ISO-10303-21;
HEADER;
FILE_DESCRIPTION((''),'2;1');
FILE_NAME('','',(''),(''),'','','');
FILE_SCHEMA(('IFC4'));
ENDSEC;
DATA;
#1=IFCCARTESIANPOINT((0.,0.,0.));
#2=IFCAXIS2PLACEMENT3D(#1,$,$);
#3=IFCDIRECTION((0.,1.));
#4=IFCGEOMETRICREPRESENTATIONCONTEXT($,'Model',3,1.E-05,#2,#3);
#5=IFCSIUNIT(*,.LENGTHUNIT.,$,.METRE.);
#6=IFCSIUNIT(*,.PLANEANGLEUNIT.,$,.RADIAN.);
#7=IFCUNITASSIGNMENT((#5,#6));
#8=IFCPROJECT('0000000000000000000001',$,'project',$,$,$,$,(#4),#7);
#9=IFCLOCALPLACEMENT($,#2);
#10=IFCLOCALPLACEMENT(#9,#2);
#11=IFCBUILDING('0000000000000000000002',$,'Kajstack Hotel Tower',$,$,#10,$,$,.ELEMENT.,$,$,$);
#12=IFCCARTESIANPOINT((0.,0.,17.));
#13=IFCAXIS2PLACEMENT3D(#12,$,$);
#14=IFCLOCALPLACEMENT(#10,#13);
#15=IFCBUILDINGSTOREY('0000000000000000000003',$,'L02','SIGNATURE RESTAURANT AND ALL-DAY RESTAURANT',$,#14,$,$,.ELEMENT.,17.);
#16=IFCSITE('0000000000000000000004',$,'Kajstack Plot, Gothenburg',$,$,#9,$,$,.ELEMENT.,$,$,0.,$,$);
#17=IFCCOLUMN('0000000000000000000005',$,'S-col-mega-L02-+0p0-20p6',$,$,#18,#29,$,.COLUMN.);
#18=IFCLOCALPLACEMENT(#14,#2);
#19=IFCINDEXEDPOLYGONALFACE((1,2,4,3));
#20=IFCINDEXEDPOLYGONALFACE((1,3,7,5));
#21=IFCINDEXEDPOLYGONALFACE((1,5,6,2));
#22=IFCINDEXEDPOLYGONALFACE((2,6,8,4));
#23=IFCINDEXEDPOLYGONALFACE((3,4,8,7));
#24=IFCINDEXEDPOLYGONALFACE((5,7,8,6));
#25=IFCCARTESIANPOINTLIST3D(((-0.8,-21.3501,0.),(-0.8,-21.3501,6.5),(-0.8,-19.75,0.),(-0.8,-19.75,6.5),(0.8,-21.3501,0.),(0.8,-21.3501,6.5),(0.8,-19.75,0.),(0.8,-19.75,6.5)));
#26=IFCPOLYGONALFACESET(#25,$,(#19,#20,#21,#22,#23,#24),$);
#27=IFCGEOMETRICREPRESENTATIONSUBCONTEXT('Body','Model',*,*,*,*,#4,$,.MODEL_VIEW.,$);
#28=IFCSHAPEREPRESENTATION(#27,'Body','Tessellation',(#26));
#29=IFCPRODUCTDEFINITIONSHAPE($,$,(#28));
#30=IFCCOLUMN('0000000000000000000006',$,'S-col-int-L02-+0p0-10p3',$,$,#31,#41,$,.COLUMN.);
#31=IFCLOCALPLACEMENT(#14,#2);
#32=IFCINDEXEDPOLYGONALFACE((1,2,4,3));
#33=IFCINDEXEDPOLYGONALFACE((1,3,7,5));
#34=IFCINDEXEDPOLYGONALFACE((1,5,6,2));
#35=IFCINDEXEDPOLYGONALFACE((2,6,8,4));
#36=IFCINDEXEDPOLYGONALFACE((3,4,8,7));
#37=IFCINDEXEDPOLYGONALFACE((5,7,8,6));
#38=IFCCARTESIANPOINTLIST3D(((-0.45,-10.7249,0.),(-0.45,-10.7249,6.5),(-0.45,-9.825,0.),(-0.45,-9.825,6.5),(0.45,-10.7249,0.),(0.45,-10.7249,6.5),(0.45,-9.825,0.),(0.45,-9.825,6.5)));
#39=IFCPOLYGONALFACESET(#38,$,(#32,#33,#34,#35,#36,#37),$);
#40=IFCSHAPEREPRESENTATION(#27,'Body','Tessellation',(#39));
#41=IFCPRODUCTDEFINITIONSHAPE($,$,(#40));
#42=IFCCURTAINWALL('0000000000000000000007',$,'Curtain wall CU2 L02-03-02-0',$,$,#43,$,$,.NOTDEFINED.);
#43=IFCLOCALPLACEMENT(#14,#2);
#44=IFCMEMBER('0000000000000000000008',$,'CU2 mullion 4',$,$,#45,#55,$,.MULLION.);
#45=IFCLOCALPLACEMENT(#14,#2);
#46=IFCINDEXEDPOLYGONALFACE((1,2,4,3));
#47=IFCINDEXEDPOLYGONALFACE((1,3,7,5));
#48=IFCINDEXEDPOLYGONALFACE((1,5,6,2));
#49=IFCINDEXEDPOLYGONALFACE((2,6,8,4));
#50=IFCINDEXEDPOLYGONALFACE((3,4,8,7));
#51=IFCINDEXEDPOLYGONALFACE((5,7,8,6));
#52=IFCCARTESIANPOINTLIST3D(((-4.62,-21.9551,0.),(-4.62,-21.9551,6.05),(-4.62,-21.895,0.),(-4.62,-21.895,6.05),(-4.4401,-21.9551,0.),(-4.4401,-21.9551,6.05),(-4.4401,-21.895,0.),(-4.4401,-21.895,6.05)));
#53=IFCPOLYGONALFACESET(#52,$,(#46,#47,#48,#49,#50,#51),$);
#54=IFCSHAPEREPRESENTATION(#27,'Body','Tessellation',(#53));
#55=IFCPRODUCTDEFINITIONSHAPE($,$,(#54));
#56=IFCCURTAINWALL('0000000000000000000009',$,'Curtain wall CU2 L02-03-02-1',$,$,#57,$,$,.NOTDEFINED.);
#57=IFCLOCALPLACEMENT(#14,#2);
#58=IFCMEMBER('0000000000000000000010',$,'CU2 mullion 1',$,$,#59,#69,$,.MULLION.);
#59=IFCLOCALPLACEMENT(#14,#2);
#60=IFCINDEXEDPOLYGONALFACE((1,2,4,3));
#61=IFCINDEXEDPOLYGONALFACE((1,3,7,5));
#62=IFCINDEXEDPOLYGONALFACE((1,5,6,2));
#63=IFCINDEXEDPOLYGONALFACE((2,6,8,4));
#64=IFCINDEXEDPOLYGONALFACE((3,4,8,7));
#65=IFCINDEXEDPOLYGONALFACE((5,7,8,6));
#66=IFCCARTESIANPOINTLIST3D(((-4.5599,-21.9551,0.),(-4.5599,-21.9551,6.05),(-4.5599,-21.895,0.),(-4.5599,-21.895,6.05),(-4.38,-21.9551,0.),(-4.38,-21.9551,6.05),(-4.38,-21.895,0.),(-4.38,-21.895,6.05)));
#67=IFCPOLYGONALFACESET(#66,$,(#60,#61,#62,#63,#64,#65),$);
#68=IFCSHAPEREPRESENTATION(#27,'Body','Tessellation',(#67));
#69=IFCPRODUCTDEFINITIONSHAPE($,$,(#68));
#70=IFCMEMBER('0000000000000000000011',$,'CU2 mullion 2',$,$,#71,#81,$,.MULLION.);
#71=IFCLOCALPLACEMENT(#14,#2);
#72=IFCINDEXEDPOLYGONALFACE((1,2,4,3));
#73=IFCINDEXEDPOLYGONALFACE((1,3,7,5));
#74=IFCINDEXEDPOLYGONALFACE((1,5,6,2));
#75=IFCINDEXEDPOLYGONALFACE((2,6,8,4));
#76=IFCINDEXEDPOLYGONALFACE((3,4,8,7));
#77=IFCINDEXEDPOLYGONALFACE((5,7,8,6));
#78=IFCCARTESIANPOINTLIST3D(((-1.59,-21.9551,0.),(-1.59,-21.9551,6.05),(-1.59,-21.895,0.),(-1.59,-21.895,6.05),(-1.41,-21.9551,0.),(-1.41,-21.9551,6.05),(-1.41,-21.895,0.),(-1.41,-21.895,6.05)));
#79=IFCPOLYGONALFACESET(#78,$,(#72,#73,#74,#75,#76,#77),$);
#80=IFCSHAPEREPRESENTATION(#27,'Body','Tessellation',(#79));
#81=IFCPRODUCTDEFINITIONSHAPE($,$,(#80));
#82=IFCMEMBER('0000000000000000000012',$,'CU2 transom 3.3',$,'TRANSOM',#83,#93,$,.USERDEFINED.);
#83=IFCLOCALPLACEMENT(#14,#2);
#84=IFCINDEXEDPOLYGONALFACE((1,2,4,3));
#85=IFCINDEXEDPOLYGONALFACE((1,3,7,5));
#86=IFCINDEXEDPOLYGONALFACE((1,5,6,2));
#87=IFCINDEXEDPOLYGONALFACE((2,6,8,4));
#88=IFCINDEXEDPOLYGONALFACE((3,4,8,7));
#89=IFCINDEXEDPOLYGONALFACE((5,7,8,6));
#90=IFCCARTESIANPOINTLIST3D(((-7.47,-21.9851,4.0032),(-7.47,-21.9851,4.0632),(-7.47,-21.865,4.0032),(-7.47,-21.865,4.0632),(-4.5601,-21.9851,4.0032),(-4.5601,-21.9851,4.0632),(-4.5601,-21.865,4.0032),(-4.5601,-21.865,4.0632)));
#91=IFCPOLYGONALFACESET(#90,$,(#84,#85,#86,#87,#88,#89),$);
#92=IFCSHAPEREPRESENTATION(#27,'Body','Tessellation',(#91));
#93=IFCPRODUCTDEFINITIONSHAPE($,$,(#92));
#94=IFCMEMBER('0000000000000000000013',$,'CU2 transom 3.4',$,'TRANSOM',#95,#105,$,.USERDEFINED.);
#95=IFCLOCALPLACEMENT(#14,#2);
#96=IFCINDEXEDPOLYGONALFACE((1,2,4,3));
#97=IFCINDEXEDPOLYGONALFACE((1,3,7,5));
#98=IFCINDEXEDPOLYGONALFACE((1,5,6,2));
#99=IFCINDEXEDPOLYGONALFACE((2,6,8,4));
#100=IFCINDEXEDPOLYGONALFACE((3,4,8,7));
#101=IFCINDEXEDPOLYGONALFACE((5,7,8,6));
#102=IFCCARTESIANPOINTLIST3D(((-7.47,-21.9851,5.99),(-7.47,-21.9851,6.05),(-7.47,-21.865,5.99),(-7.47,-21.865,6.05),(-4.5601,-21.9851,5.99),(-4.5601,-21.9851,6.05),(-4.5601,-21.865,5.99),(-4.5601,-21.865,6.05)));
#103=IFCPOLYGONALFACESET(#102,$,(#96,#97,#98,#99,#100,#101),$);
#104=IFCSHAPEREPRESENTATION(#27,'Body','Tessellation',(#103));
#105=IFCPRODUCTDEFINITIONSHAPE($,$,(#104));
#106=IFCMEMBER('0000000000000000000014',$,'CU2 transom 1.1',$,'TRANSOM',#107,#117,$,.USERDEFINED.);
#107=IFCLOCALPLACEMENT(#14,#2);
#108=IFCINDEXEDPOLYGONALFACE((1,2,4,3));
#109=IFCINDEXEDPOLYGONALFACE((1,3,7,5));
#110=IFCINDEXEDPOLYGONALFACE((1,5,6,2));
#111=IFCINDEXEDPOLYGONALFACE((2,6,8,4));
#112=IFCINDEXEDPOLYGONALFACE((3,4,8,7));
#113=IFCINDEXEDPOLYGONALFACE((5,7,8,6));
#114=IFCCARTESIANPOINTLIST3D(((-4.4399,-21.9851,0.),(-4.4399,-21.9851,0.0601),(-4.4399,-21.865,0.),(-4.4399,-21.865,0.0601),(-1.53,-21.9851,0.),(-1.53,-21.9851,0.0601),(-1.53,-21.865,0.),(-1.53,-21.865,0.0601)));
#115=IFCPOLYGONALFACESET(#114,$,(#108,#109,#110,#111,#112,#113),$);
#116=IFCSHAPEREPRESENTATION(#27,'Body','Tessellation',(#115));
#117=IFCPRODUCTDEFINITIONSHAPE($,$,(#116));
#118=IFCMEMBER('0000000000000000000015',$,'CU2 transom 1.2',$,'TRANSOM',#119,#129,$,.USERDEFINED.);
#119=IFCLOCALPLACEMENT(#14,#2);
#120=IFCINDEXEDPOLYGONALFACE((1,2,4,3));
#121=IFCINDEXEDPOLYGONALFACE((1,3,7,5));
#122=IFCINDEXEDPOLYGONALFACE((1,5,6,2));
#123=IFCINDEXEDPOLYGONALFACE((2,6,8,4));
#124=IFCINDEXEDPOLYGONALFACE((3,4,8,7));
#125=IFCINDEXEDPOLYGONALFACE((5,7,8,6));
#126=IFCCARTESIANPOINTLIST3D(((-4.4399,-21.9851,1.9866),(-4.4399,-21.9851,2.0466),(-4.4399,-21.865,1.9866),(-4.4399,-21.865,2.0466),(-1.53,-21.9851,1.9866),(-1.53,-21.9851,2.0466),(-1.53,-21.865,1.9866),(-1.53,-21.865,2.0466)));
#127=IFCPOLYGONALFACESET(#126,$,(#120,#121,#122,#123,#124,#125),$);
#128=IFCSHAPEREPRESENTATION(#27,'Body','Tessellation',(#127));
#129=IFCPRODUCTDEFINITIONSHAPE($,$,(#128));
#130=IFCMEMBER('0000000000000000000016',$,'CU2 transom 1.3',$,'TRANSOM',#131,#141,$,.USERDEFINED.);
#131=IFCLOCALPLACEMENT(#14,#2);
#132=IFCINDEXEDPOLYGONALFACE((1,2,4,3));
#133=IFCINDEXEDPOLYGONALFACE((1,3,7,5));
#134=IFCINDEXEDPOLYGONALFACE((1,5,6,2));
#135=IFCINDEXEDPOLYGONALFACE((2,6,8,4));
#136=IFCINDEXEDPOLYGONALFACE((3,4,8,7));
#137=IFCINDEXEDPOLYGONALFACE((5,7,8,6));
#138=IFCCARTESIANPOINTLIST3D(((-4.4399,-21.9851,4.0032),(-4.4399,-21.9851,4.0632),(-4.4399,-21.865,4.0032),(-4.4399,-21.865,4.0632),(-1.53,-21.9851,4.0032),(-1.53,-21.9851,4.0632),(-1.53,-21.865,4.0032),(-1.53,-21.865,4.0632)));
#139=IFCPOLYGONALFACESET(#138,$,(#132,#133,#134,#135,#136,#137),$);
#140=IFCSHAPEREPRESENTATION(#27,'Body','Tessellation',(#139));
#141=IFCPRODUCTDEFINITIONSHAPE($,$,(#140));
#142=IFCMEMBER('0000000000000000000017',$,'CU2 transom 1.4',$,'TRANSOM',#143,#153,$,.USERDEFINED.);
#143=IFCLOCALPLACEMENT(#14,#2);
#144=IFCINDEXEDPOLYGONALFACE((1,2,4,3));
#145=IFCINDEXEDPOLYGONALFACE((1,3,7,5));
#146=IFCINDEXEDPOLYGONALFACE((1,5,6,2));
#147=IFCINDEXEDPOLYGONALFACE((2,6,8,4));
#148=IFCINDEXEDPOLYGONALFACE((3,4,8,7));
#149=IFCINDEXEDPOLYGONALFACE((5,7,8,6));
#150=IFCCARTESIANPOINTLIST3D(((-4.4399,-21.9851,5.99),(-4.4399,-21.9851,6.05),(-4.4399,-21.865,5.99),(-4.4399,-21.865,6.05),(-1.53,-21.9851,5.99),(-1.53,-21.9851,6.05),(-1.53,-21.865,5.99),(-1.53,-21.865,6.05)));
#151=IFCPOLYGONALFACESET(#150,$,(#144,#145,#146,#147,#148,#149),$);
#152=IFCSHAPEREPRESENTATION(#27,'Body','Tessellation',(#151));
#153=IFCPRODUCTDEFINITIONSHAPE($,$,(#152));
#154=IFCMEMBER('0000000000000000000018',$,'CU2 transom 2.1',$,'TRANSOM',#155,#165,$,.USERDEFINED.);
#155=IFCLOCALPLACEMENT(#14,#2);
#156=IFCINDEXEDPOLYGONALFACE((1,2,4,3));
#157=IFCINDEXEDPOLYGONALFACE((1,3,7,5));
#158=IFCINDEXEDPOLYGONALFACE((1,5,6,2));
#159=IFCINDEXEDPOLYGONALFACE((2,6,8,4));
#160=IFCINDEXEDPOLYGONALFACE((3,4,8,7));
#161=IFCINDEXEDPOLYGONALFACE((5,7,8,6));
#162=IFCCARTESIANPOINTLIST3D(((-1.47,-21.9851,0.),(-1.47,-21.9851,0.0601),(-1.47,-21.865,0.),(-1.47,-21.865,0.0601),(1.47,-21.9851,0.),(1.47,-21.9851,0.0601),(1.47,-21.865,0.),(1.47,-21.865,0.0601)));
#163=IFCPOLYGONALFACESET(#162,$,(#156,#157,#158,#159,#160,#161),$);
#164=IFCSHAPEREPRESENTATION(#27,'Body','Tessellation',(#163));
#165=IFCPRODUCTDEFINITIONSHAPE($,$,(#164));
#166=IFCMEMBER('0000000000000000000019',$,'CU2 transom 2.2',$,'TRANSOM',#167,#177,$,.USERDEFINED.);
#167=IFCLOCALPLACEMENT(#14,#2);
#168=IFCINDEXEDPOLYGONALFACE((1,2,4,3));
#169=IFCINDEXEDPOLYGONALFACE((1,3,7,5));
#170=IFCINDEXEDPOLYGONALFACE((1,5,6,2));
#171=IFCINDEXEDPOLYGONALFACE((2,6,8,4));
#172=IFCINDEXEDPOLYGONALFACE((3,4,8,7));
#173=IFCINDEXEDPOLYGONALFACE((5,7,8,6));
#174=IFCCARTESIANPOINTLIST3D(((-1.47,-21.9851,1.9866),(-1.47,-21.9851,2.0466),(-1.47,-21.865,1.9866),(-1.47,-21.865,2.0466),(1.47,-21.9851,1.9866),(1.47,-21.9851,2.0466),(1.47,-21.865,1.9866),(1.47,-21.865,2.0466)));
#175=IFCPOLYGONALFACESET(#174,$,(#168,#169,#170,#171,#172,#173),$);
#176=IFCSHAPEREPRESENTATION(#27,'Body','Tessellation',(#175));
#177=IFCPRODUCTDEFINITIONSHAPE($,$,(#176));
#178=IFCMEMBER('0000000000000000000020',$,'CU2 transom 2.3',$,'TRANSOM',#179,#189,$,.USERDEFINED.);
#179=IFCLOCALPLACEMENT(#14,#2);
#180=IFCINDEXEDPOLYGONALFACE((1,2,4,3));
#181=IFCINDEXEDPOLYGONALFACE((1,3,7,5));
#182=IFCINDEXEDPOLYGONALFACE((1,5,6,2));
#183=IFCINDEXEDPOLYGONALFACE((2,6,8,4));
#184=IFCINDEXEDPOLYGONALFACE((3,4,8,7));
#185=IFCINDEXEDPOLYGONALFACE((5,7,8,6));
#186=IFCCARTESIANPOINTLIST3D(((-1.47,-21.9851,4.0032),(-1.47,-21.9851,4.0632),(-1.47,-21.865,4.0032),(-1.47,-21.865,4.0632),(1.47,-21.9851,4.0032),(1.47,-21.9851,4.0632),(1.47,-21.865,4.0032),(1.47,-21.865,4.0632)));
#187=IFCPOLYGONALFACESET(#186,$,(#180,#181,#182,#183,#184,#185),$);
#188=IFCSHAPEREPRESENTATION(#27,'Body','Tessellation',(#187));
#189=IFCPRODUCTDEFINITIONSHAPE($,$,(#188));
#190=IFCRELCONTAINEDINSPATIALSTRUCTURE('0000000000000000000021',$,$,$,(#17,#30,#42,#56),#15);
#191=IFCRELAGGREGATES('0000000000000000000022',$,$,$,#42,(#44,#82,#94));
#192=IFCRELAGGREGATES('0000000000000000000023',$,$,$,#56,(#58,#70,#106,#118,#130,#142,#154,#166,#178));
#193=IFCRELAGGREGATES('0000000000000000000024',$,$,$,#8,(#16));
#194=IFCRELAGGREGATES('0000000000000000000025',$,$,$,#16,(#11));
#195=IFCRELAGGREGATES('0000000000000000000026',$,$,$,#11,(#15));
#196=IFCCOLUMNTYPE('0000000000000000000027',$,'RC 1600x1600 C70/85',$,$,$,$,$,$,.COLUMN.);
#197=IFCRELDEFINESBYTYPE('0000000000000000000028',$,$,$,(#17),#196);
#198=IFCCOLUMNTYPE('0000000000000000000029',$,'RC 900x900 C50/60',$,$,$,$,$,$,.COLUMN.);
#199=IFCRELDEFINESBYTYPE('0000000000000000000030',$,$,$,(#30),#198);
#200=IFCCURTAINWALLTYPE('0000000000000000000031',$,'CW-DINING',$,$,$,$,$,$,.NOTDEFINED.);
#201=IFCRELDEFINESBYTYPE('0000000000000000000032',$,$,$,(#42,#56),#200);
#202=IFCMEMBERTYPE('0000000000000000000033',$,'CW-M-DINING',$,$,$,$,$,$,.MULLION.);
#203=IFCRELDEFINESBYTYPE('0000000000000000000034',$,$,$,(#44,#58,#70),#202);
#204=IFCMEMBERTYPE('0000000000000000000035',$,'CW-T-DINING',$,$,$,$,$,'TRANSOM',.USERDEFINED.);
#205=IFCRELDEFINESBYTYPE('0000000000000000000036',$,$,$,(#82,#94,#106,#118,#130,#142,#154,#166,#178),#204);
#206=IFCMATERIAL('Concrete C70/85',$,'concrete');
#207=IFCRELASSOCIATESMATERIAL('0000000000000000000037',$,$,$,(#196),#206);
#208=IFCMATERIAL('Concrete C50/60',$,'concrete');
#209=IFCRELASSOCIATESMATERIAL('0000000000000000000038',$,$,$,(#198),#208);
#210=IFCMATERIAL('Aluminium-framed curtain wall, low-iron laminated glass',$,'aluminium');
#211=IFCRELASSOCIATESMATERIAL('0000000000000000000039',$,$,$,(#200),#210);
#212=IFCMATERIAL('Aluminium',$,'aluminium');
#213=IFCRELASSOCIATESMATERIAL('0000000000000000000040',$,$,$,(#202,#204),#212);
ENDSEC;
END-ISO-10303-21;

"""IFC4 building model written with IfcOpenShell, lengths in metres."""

from ifc_helpers import new_model, si_unit, direction, frame, origin, origin_2d, place, context, subcontext, project, spatial, rectangle, extrude, material, material_profile, profile_set, type_object, element, aggregate, save


model = new_model("IFC4")

# Units and contexts
model_context = context("Model", 3, precision=1e-05, world=origin(), true_north=direction((0.0, 1.0)))
body_context = subcontext(model_context, "Body", "Model", "MODEL_VIEW")
ifc_project = project(units=[si_unit("LENGTHUNIT", "METRE"), si_unit("PLANEANGLEUNIT", "RADIAN")], contexts=[model_context])

# Site, building, storey
site_placement = place(None, origin())
site = spatial("IfcSite", under=ifc_project, at=site_placement, Name="Kajstack Plot, Gothenburg", CompositionType="ELEMENT", RefElevation=0.0)
building_placement = place(site_placement, origin())
building = spatial("IfcBuilding", under=site, at=building_placement, Name="Kajstack Hotel Tower", CompositionType="ELEMENT")
storey_placement = place(building_placement, frame((0.0, 0.0, 17.0)))
storey = spatial("IfcBuildingStorey", under=building, at=storey_placement, Name="L02", Description="SIGNATURE RESTAURANT AND ALL-DAY RESTAURANT", CompositionType="ELEMENT", Elevation=17.0)

# Columns
ifc_material_1 = material(Name="Concrete C70/85", Category="concrete")
ifc_material_profile_1 = material_profile(ifc_material_1, rectangle(XDim=1.6001, YDim=1.6001, at=origin_2d()), Name="RC 1600x1600")
ifc_profile_set_1 = profile_set([ifc_material_profile_1], Name="Concrete C70/85")
column_type_1 = type_object("IfcColumnType", Name="RC 1600x1600 C70/85", PredefinedType="COLUMN", material=ifc_profile_set_1)
column_1_placement = place(storey_placement, frame((0.0, -20.55, 0.0), z_axis=(0.0, 0.0, 1.0), x_axis=(1.0, 0.0, 0.0)))
element("IfcColumn", 1, at=column_1_placement, inside=storey, type_object=column_type_1, Name="S-col-mega-L02-+0p0-20p6", PredefinedType="COLUMN", context=body_context, shape_type="SweptSolid", body=[
    extrude(rectangle(XDim=1.6001, YDim=1.6001, at=origin_2d()), origin(), (0.0, 0.0, 1.0), 6.5),
])
ifc_material_2 = material(Name="Concrete C50/60", Category="concrete")
ifc_material_profile_2 = material_profile(ifc_material_2, rectangle(XDim=0.8999, YDim=0.8999, at=origin_2d()), Name="RC 900x900")
ifc_profile_set_2 = profile_set([ifc_material_profile_2], Name="Concrete C50/60")
column_type_2 = type_object("IfcColumnType", Name="RC 900x900 C50/60", PredefinedType="COLUMN", material=ifc_profile_set_2)
column_2_placement = place(storey_placement, frame((0.0, -10.2749, 0.0), z_axis=(0.0, 0.0, 1.0), x_axis=(1.0, 0.0, 0.0)))
element("IfcColumn", 2, at=column_2_placement, inside=storey, type_object=column_type_2, Name="S-col-int-L02-+0p0-10p3", PredefinedType="COLUMN", context=body_context, shape_type="SweptSolid", body=[
    extrude(rectangle(XDim=0.8999, YDim=0.8999, at=origin_2d()), origin(), (0.0, 0.0, 1.0), 6.5),
])

# Curtain wall, member
ifc_material_3 = material(Name="Aluminium-framed curtain wall, low-iron laminated glass", Category="aluminium")
curtain_wall_type = type_object("IfcCurtainWallType", Name="CW-DINING", PredefinedType="NOTDEFINED", material=ifc_material_3)
curtain_wall_1_placement = place(storey_placement, origin())
curtain_wall_1 = element("IfcCurtainWall", 3, at=curtain_wall_1_placement, inside=storey, type_object=curtain_wall_type, Name="Curtain wall CU2 L02-03-02-0", PredefinedType="NOTDEFINED")
ifc_material_4 = material(Name="Aluminium", Category="aluminium")
ifc_material_profile_3 = material_profile(ifc_material_4, rectangle(XDim=0.0601, YDim=0.1799, at=origin_2d()), Name="Aluminium mullion 60 x 180")
ifc_profile_set_3 = profile_set([ifc_material_profile_3], Name="Aluminium")
member_type_1 = type_object("IfcMemberType", Name="CW-M-DINING", PredefinedType="MULLION", material=ifc_profile_set_3)
member_1_placement = place(storey_placement, frame((-4.53, -21.925, 0.0), z_axis=(0.0, 0.0, 1.0), x_axis=(0.0, 1.0, 0.0)))
member_1 = element("IfcMember", 4, at=member_1_placement, type_object=member_type_1, Name="CU2 mullion 4", PredefinedType="MULLION", context=body_context, shape_type="SweptSolid", body=[
    extrude(rectangle(XDim=0.0601, YDim=0.1799, at=origin_2d()), origin(), (0.0, 0.0, 1.0), 6.05),
])

# Curtain wall, members
curtain_wall_2_placement = place(storey_placement, origin())
curtain_wall_2 = element("IfcCurtainWall", 5, at=curtain_wall_2_placement, inside=storey, type_object=curtain_wall_type, Name="Curtain wall CU2 L02-03-02-1", PredefinedType="NOTDEFINED")
member_2_placement = place(storey_placement, frame((-4.47, -21.925, 0.0), z_axis=(0.0, 0.0, 1.0), x_axis=(0.0, 1.0, 0.0)))
member_2 = element("IfcMember", 6, at=member_2_placement, type_object=member_type_1, Name="CU2 mullion 1", PredefinedType="MULLION", context=body_context, shape_type="SweptSolid", body=[
    extrude(rectangle(XDim=0.0601, YDim=0.1799, at=origin_2d()), origin(), (0.0, 0.0, 1.0), 6.05),
])
member_3_placement = place(storey_placement, frame((-1.5, -21.925, 0.0), z_axis=(0.0, 0.0, 1.0), x_axis=(0.0, 1.0, 0.0)))
member_3 = element("IfcMember", 7, at=member_3_placement, type_object=member_type_1, Name="CU2 mullion 2", PredefinedType="MULLION", context=body_context, shape_type="SweptSolid", body=[
    extrude(rectangle(XDim=0.0601, YDim=0.1799, at=origin_2d()), origin(), (0.0, 0.0, 1.0), 6.05),
])

# Members
ifc_material_profile_4 = material_profile(ifc_material_4, rectangle(XDim=0.1201, YDim=0.0601, at=origin_2d()), Name="Aluminium transom 120 x 60")
ifc_profile_set_4 = profile_set([ifc_material_profile_4], Name="Aluminium")
member_type_2 = type_object("IfcMemberType", Name="CW-T-DINING", ElementType="TRANSOM", PredefinedType="USERDEFINED", material=ifc_profile_set_4)
member_4_placement = place(storey_placement, frame((-7.47, -21.925, 4.0332), z_axis=(1.0, 0.0, 0.0), x_axis=(0.0, 1.0, 0.0)))
member_4 = element("IfcMember", 8, at=member_4_placement, type_object=member_type_2, Name="CU2 transom 3.3", ObjectType="TRANSOM", PredefinedType="USERDEFINED", context=body_context, shape_type="SweptSolid", body=[
    extrude(rectangle(XDim=0.1201, YDim=0.0601, at=origin_2d()), origin(), (0.0, 0.0, 1.0), 2.9099),
])
member_5_placement = place(storey_placement, frame((-7.47, -21.925, 6.02), z_axis=(1.0, 0.0, 0.0), x_axis=(0.0, 1.0, 0.0)))
member_5 = element("IfcMember", 9, at=member_5_placement, type_object=member_type_2, Name="CU2 transom 3.4", ObjectType="TRANSOM", PredefinedType="USERDEFINED", context=body_context, shape_type="SweptSolid", body=[
    extrude(rectangle(XDim=0.1201, YDim=0.0601, at=origin_2d()), origin(), (0.0, 0.0, 1.0), 2.9099),
])
member_6_placement = place(storey_placement, frame((-4.4399, -21.925, 0.03), z_axis=(1.0, 0.0, 0.0), x_axis=(0.0, 1.0, 0.0)))
member_6 = element("IfcMember", 10, at=member_6_placement, type_object=member_type_2, Name="CU2 transom 1.1", ObjectType="TRANSOM", PredefinedType="USERDEFINED", context=body_context, shape_type="SweptSolid", body=[
    extrude(rectangle(XDim=0.1201, YDim=0.0601, at=origin_2d()), origin(), (0.0, 0.0, 1.0), 2.9099),
])
member_7_placement = place(storey_placement, frame((-4.4399, -21.925, 2.0166), z_axis=(1.0, 0.0, 0.0), x_axis=(0.0, 1.0, 0.0)))
member_7 = element("IfcMember", 11, at=member_7_placement, type_object=member_type_2, Name="CU2 transom 1.2", ObjectType="TRANSOM", PredefinedType="USERDEFINED", context=body_context, shape_type="SweptSolid", body=[
    extrude(rectangle(XDim=0.1201, YDim=0.0601, at=origin_2d()), origin(), (0.0, 0.0, 1.0), 2.9099),
])
member_8_placement = place(storey_placement, frame((-4.4399, -21.925, 4.0332), z_axis=(1.0, 0.0, 0.0), x_axis=(0.0, 1.0, 0.0)))
member_8 = element("IfcMember", 12, at=member_8_placement, type_object=member_type_2, Name="CU2 transom 1.3", ObjectType="TRANSOM", PredefinedType="USERDEFINED", context=body_context, shape_type="SweptSolid", body=[
    extrude(rectangle(XDim=0.1201, YDim=0.0601, at=origin_2d()), origin(), (0.0, 0.0, 1.0), 2.9099),
])
member_9_placement = place(storey_placement, frame((-4.4399, -21.925, 6.02), z_axis=(1.0, 0.0, 0.0), x_axis=(0.0, 1.0, 0.0)))
member_9 = element("IfcMember", 13, at=member_9_placement, type_object=member_type_2, Name="CU2 transom 1.4", ObjectType="TRANSOM", PredefinedType="USERDEFINED", context=body_context, shape_type="SweptSolid", body=[
    extrude(rectangle(XDim=0.1201, YDim=0.0601, at=origin_2d()), origin(), (0.0, 0.0, 1.0), 2.9099),
])
member_10_placement = place(storey_placement, frame((-1.47, -21.925, 0.03), z_axis=(1.0, 0.0, 0.0), x_axis=(0.0, 1.0, 0.0)))
member_10 = element("IfcMember", 14, at=member_10_placement, type_object=member_type_2, Name="CU2 transom 2.1", ObjectType="TRANSOM", PredefinedType="USERDEFINED", context=body_context, shape_type="SweptSolid", body=[
    extrude(rectangle(XDim=0.1201, YDim=0.0601, at=origin_2d()), origin(), (0.0, 0.0, 1.0), 2.9399),
])
member_11_placement = place(storey_placement, frame((-1.47, -21.925, 2.0166), z_axis=(1.0, 0.0, 0.0), x_axis=(0.0, 1.0, 0.0)))
member_11 = element("IfcMember", 15, at=member_11_placement, type_object=member_type_2, Name="CU2 transom 2.2", ObjectType="TRANSOM", PredefinedType="USERDEFINED", context=body_context, shape_type="SweptSolid", body=[
    extrude(rectangle(XDim=0.1201, YDim=0.0601, at=origin_2d()), origin(), (0.0, 0.0, 1.0), 2.9399),
])
member_12_placement = place(storey_placement, frame((-1.47, -21.925, 4.0332), z_axis=(1.0, 0.0, 0.0), x_axis=(0.0, 1.0, 0.0)))
member_12 = element("IfcMember", 16, at=member_12_placement, type_object=member_type_2, Name="CU2 transom 2.3", ObjectType="TRANSOM", PredefinedType="USERDEFINED", context=body_context, shape_type="SweptSolid", body=[
    extrude(rectangle(XDim=0.1201, YDim=0.0601, at=origin_2d()), origin(), (0.0, 0.0, 1.0), 2.9399),
])

aggregate(curtain_wall_1, [member_1, member_4, member_5])
aggregate(curtain_wall_2, [member_2, member_3, member_6, member_7, member_8, member_9, member_10, member_11, member_12])

save(model, "model.ifc")
